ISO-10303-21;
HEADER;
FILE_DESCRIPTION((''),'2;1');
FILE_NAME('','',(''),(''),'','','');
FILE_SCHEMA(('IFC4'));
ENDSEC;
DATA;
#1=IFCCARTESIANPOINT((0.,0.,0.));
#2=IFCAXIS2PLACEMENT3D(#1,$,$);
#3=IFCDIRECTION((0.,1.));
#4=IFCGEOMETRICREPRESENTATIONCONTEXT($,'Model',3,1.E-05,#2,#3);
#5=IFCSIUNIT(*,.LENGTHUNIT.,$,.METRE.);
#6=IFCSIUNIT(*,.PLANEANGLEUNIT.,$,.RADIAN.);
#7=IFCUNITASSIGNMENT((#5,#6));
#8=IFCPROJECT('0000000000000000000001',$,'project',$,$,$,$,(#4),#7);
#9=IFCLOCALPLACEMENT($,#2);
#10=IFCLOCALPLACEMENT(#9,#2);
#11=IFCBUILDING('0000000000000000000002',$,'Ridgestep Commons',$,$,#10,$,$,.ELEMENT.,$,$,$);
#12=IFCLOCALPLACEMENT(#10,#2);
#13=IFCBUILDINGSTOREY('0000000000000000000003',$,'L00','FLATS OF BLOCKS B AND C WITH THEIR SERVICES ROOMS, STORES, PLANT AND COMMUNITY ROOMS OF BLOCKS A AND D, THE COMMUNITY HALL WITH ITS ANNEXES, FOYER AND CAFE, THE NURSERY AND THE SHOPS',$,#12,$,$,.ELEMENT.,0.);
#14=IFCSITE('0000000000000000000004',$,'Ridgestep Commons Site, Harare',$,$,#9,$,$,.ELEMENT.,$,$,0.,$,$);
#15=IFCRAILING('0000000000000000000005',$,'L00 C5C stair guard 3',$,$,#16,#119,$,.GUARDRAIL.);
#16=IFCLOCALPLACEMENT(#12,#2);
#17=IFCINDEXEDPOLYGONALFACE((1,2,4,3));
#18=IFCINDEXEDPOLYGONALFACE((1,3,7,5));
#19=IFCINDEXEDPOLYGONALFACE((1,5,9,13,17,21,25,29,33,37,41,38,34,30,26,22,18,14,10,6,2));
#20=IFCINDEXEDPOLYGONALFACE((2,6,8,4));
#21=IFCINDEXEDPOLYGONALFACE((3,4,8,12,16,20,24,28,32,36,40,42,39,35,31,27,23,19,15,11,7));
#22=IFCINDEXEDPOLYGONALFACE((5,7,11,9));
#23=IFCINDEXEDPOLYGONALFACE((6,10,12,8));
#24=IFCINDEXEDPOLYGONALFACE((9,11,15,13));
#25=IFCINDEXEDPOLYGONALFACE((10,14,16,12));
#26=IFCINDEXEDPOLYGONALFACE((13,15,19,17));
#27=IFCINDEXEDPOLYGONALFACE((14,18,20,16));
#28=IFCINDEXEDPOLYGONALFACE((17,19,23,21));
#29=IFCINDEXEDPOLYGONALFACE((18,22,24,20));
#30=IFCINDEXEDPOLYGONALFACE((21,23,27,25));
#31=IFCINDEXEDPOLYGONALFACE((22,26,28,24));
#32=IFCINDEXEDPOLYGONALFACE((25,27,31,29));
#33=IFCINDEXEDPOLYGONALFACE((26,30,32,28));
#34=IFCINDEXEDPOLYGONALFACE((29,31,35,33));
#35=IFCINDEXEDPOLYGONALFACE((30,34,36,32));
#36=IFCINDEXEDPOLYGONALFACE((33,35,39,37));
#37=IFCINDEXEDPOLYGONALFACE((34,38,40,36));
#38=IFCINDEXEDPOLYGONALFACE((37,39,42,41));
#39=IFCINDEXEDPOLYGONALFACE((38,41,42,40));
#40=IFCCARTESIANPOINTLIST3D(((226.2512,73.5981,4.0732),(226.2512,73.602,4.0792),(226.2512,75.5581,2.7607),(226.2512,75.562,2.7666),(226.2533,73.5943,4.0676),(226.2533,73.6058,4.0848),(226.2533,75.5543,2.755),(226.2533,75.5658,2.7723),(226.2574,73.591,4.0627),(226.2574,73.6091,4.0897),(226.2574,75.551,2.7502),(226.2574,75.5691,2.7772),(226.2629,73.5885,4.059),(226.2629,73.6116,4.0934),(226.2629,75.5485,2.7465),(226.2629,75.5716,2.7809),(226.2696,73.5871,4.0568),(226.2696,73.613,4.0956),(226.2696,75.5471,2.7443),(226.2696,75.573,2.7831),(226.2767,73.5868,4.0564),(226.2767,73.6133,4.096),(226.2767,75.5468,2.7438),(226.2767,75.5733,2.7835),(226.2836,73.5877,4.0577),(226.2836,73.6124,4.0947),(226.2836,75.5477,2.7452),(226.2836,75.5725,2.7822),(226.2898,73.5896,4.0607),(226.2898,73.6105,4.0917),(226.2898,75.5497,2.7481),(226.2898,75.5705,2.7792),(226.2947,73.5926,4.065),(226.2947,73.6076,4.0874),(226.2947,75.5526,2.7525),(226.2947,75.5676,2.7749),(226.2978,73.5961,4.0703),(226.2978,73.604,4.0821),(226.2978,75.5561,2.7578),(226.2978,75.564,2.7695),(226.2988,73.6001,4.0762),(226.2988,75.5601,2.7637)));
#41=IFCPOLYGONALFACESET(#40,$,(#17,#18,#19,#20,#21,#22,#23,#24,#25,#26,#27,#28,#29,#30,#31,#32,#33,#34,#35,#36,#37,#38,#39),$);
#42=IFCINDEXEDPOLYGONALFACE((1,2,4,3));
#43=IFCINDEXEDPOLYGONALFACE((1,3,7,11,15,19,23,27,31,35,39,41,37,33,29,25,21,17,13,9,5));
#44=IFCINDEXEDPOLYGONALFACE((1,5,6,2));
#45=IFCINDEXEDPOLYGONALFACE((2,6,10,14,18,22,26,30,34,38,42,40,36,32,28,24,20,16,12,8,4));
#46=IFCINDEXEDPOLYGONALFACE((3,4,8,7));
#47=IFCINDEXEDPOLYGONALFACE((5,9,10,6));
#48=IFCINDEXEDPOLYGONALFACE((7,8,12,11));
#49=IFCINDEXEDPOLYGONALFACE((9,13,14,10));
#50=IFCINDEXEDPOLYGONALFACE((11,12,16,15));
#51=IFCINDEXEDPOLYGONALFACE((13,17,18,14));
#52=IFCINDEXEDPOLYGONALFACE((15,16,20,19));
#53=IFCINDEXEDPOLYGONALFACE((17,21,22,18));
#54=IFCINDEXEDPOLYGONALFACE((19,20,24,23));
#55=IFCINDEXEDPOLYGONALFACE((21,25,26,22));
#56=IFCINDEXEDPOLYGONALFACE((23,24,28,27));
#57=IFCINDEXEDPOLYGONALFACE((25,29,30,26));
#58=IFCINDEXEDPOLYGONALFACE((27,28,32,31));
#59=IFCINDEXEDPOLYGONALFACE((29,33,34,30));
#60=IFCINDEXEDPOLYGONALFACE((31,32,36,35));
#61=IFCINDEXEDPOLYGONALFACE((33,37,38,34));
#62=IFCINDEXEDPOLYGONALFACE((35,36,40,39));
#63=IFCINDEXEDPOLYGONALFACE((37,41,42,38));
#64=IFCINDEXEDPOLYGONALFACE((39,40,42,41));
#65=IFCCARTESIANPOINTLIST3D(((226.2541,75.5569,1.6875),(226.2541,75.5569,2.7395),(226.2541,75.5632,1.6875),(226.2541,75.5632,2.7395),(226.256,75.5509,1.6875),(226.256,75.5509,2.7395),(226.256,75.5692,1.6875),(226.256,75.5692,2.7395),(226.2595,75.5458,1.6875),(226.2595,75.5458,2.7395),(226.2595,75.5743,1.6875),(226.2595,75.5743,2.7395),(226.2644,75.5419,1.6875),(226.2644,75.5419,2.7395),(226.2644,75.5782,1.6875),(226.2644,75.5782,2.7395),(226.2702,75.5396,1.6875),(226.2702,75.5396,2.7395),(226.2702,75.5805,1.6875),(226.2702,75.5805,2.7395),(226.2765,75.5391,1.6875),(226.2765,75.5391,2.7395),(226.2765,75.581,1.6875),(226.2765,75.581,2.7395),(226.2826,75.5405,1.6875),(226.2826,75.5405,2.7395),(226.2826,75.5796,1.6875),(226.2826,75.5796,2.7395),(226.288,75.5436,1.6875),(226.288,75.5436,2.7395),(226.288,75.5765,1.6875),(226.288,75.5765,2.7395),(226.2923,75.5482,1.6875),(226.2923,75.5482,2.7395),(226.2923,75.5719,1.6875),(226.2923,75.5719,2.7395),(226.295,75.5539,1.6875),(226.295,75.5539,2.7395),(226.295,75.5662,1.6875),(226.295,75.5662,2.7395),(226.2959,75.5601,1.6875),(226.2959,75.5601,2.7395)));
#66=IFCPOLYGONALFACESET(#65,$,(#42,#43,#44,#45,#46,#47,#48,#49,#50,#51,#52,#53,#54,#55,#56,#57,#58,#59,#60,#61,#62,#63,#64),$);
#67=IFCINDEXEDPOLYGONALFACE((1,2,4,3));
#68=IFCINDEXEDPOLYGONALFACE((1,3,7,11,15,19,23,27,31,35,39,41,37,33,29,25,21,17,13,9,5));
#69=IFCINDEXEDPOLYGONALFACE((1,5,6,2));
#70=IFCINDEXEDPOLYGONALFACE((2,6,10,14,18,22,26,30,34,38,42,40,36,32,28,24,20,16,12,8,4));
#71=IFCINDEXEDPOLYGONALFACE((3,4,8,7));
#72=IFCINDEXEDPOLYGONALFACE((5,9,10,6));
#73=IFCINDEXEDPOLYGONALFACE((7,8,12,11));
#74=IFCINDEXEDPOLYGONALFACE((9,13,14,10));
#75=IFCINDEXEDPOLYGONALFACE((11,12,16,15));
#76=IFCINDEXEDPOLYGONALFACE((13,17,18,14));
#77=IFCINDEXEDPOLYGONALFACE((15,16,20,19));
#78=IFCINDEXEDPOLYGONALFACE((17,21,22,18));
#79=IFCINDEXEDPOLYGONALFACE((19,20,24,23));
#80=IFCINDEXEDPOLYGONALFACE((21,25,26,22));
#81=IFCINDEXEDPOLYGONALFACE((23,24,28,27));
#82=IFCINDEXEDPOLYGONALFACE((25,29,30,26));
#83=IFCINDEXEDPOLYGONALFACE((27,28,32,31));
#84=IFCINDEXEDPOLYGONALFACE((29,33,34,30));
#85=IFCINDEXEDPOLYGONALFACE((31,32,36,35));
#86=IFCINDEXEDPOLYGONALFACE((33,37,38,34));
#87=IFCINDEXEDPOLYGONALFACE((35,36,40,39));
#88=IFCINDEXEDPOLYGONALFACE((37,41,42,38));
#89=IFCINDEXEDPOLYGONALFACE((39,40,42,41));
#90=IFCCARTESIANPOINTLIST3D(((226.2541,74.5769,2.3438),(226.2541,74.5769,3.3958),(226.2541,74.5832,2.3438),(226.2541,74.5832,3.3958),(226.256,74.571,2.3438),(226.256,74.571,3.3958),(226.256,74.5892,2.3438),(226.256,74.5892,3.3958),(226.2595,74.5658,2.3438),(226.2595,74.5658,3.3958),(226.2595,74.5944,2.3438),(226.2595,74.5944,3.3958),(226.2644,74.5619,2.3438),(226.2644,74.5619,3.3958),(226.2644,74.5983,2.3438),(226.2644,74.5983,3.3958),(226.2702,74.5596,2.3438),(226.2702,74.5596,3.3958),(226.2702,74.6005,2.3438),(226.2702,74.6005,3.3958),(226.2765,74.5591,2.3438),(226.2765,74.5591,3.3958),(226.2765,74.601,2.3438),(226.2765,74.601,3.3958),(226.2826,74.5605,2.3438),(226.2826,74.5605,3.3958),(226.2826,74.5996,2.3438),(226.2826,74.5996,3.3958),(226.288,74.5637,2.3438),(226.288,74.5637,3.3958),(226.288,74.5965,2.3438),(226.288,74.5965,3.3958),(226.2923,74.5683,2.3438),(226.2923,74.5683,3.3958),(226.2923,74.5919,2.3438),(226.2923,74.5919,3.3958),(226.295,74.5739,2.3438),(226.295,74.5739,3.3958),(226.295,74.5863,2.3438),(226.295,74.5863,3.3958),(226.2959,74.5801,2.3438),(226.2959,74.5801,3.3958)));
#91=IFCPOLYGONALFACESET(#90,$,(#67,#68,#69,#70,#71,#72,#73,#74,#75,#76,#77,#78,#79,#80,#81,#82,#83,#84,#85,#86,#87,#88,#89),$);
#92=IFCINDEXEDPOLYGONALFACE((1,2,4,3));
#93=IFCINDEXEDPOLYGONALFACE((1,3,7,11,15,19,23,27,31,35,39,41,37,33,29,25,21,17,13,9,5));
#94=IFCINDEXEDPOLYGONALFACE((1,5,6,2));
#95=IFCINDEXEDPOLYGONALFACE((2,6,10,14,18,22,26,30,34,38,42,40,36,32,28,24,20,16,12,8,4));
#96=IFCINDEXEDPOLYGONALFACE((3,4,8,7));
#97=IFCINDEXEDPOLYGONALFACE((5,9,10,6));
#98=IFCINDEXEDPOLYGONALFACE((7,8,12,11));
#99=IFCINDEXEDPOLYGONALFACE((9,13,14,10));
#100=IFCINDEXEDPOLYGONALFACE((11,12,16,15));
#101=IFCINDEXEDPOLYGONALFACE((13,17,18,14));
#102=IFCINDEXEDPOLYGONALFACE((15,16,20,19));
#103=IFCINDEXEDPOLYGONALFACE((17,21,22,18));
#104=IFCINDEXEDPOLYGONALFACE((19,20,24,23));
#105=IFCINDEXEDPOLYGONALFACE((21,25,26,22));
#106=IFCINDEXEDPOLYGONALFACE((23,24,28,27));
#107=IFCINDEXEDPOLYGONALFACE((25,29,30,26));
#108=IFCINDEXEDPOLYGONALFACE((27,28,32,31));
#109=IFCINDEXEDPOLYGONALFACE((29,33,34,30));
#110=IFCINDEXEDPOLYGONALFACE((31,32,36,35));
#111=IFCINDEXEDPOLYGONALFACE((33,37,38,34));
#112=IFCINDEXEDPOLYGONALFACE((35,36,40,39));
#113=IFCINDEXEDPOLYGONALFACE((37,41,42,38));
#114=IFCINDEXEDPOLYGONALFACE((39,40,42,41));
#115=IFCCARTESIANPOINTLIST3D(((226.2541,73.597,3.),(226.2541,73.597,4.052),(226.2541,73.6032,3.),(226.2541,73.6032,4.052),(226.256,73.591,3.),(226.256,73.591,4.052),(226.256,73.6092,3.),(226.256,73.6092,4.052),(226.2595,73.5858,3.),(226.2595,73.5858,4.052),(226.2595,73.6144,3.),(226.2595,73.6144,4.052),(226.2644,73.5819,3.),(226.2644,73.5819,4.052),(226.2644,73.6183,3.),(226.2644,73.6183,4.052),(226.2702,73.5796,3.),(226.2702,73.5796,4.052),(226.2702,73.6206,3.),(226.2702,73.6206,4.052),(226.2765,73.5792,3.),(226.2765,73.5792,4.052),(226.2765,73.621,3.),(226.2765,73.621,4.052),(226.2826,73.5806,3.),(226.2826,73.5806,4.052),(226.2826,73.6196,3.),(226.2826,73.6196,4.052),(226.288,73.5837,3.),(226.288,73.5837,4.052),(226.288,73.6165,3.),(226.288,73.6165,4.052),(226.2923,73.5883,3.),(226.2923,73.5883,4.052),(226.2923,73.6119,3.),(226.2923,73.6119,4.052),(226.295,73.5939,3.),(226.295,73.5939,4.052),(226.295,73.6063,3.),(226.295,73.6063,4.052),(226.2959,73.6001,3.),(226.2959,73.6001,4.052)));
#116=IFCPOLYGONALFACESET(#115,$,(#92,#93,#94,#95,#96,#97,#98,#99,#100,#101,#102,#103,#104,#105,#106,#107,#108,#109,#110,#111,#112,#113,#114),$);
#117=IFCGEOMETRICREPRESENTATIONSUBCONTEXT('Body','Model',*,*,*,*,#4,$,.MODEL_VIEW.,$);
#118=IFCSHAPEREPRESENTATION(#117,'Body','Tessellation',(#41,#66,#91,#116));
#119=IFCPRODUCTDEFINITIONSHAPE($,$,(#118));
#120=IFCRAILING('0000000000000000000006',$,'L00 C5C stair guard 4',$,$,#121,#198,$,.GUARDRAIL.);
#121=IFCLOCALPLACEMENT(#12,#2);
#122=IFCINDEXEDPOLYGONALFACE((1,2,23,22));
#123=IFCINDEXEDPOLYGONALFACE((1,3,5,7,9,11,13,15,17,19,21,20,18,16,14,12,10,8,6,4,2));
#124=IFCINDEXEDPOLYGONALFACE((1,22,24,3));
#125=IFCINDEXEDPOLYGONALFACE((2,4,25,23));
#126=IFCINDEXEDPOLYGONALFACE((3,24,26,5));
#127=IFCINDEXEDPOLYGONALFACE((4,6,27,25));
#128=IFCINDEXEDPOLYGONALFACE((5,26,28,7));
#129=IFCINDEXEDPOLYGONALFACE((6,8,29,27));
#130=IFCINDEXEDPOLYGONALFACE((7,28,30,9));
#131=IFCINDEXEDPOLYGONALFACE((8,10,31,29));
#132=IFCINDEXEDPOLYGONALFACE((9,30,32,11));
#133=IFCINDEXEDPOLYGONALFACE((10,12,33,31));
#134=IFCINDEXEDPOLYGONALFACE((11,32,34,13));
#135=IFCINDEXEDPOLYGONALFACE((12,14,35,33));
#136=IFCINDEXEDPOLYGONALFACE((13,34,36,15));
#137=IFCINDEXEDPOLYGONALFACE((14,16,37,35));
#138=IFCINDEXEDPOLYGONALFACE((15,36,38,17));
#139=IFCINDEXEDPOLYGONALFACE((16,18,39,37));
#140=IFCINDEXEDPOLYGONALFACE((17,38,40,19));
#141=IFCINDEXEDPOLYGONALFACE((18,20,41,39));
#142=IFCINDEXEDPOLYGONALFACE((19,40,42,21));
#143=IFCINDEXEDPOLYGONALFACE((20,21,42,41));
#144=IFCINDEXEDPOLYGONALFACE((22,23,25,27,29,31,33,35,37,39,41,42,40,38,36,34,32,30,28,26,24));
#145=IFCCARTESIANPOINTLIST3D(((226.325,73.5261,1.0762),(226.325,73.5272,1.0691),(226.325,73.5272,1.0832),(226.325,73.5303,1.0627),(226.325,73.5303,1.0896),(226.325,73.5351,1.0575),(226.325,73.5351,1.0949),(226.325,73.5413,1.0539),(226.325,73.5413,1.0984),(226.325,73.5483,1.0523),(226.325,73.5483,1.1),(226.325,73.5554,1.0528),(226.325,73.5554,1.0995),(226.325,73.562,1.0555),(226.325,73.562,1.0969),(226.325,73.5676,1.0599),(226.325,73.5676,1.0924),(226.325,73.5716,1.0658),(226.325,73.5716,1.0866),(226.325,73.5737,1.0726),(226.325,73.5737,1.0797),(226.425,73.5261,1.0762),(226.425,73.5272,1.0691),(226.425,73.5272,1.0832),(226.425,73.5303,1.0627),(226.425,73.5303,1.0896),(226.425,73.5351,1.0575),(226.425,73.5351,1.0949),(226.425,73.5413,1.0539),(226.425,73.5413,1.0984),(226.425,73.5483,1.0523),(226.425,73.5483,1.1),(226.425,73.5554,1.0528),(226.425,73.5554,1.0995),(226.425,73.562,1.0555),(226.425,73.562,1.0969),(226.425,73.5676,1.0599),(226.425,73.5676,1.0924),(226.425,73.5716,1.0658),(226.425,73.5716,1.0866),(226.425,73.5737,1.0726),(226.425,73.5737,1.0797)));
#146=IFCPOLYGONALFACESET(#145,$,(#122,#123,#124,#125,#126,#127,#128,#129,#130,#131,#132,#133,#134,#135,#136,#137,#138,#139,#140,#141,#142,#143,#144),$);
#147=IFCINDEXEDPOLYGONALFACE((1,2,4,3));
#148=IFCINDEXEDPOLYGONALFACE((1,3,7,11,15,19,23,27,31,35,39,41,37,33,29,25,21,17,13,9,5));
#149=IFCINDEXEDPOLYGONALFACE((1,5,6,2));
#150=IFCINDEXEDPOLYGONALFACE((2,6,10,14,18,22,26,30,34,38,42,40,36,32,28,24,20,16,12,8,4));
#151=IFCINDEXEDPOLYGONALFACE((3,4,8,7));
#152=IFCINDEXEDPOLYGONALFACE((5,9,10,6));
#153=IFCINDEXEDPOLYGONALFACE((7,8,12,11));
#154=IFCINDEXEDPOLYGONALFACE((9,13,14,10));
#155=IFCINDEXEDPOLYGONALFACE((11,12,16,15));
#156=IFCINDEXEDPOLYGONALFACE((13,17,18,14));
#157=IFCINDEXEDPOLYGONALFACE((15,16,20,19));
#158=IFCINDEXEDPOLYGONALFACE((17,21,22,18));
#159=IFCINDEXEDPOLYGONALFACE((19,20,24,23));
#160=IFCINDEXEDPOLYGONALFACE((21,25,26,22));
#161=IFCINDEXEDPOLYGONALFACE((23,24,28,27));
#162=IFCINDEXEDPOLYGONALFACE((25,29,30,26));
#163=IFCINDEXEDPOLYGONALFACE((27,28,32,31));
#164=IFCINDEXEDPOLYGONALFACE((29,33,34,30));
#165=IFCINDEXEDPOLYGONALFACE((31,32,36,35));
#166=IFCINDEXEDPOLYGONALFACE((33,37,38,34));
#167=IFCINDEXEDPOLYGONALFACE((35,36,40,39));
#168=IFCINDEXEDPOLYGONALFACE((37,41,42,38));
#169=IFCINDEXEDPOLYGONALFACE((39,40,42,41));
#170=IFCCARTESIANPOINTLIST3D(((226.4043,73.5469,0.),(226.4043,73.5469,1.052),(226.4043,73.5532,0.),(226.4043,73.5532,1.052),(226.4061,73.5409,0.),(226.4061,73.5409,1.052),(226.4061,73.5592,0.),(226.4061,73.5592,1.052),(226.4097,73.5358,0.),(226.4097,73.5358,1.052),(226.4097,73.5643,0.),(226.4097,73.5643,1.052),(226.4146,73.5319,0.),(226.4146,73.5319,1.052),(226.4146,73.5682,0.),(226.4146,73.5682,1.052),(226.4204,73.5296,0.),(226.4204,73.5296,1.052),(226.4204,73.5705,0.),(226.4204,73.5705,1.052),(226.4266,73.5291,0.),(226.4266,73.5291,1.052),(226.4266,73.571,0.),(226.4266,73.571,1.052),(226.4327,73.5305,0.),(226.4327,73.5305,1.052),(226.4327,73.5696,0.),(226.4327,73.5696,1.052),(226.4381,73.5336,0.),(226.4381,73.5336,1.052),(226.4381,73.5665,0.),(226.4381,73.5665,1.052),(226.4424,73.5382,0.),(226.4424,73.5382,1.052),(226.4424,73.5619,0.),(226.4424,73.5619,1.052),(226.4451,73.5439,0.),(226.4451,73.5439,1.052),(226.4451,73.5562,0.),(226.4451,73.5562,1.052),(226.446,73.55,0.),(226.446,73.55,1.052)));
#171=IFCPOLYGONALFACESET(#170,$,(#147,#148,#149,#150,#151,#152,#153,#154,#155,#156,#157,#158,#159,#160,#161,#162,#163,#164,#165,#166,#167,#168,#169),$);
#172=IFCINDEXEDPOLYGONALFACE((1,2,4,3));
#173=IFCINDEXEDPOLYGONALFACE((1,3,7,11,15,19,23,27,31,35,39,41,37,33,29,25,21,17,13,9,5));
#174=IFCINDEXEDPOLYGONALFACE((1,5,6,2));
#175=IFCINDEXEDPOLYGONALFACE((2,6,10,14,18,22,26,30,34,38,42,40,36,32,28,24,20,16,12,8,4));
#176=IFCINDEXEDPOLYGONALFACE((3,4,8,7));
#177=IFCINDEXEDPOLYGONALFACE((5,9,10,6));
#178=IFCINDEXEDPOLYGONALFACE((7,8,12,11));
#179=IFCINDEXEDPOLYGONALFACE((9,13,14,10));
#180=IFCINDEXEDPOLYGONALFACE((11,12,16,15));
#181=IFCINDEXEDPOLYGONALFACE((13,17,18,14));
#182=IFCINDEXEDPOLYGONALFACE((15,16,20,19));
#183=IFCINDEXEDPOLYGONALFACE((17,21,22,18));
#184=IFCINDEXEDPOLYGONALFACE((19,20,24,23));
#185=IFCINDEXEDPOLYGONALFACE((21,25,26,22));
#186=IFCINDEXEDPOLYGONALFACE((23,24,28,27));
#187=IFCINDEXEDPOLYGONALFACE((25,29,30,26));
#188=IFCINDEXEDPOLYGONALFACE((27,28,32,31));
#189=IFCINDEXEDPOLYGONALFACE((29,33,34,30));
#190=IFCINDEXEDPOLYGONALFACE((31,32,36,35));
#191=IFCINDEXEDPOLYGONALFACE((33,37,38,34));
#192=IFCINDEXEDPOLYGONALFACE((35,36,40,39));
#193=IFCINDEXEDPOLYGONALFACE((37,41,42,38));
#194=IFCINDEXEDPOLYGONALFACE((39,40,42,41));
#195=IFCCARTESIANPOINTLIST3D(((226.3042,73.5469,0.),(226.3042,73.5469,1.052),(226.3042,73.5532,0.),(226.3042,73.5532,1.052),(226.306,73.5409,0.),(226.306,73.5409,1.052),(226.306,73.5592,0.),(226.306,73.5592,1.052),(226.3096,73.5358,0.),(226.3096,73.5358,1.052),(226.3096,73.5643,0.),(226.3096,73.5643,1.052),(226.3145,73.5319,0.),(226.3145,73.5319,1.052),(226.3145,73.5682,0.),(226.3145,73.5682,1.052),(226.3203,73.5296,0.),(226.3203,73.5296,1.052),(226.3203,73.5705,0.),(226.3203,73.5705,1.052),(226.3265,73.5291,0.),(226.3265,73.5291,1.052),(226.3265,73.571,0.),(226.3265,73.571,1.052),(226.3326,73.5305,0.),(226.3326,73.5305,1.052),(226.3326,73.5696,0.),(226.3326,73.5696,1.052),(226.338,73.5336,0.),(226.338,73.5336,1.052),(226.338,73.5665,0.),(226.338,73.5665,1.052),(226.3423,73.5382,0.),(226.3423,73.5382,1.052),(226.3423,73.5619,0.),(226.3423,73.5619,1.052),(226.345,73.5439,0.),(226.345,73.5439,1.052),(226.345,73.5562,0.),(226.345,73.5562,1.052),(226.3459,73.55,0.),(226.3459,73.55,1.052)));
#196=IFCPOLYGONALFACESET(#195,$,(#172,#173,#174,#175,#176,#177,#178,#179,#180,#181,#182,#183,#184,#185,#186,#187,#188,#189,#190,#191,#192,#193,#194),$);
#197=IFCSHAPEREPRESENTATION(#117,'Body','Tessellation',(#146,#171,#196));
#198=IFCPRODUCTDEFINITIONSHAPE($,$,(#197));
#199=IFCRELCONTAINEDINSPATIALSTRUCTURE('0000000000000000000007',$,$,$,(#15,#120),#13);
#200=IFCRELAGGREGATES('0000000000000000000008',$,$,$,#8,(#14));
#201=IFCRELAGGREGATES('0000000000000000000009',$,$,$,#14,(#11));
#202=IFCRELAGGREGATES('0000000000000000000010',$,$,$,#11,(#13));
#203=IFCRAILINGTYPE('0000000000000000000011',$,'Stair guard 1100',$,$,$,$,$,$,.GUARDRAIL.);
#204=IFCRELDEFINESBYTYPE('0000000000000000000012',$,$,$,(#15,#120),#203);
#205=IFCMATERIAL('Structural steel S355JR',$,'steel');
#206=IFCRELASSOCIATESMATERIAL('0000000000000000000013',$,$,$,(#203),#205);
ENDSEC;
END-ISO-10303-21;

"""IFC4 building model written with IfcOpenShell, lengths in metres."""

from ifc_helpers import new_model, si_unit, direction, frame, origin, origin_2d, place, context, subcontext, project, spatial, circle, extrude, material, type_object, element, save


model = new_model("IFC4")

# Units and contexts
model_context = context("Model", 3, precision=1e-05, world=origin(), true_north=direction((0.0, 1.0)))
body_context = subcontext(model_context, "Body", "Model", "MODEL_VIEW")
ifc_project = project(units=[si_unit("LENGTHUNIT", "METRE"), si_unit("PLANEANGLEUNIT", "RADIAN")], contexts=[model_context])

# Site, building, storey
site_placement = place(None, origin())
site = spatial("IfcSite", under=ifc_project, at=site_placement, Name="Ridgestep Commons Site, Harare", CompositionType="ELEMENT", RefElevation=0.0)
building_placement = place(site_placement, origin())
building = spatial("IfcBuilding", under=site, at=building_placement, Name="Ridgestep Commons", CompositionType="ELEMENT")
storey_placement = place(building_placement, origin())
storey = spatial("IfcBuildingStorey", under=building, at=storey_placement, Name="L00", Description="FLATS OF BLOCKS B AND C WITH THEIR SERVICES ROOMS, STORES, PLANT AND COMMUNITY ROOMS OF BLOCKS A AND D, THE COMMUNITY HALL WITH ITS ANNEXES, FOYER AND CAFE, THE NURSERY AND THE SHOPS", CompositionType="ELEMENT", Elevation=0.0)

# Railings
ifc_material_1 = material(Name="Structural steel S355JR", Category="steel")
railing_type_1 = type_object("IfcRailingType", Name="Stair guard 1100", PredefinedType="GUARDRAIL", material=ifc_material_1)
railing_1_placement = place(storey_placement, frame((226.2749, 75.5601, 1.6875)))
element("IfcRailing", 1, at=railing_1_placement, inside=storey, type_object=railing_type_1, Name="L00 C5C stair guard 3", PredefinedType="GUARDRAIL", context=body_context, shape_type="SweptSolid", body=[
    extrude(circle(Radius=0.0239, at=origin_2d()), frame((0.0, 0.0, 1.0762), z_axis=(0.0, -0.830902, 0.556419), x_axis=(1.0, 0.0, 0.0)), (0.0, 0.0, 1.0), 2.3589),
    extrude(circle(Radius=0.021, at=origin_2d()), origin(), (0.0, 0.0, 1.0), 1.052),
    extrude(circle(Radius=0.021, at=origin_2d()), frame((0.0, -0.98, 0.6562)), (0.0, 0.0, 1.0), 1.052),
    extrude(circle(Radius=0.021, at=origin_2d()), frame((0.0, -1.96, 1.3125)), (0.0, 0.0, 1.0), 1.052),
])
railing_2_placement = place(storey_placement, frame((226.425, 73.55, 0.0)))
element("IfcRailing", 2, at=railing_2_placement, inside=storey, type_object=railing_type_1, Name="L00 C5C stair guard 4", PredefinedType="GUARDRAIL", context=body_context, shape_type="SweptSolid", body=[
    extrude(circle(Radius=0.0239, at=origin_2d()), frame((0.0, 0.0, 1.0762), z_axis=(-1.0, 0.0, 0.0), x_axis=(0.0, -1.0, 0.0)), (0.0, 0.0, 1.0), 0.1001),
    extrude(circle(Radius=0.021, at=origin_2d()), origin(), (0.0, 0.0, 1.0), 1.052),
    extrude(circle(Radius=0.021, at=origin_2d()), frame((-0.1001, 0.0, 0.0)), (0.0, 0.0, 1.0), 1.052),
])

save(model, "model.ifc")
